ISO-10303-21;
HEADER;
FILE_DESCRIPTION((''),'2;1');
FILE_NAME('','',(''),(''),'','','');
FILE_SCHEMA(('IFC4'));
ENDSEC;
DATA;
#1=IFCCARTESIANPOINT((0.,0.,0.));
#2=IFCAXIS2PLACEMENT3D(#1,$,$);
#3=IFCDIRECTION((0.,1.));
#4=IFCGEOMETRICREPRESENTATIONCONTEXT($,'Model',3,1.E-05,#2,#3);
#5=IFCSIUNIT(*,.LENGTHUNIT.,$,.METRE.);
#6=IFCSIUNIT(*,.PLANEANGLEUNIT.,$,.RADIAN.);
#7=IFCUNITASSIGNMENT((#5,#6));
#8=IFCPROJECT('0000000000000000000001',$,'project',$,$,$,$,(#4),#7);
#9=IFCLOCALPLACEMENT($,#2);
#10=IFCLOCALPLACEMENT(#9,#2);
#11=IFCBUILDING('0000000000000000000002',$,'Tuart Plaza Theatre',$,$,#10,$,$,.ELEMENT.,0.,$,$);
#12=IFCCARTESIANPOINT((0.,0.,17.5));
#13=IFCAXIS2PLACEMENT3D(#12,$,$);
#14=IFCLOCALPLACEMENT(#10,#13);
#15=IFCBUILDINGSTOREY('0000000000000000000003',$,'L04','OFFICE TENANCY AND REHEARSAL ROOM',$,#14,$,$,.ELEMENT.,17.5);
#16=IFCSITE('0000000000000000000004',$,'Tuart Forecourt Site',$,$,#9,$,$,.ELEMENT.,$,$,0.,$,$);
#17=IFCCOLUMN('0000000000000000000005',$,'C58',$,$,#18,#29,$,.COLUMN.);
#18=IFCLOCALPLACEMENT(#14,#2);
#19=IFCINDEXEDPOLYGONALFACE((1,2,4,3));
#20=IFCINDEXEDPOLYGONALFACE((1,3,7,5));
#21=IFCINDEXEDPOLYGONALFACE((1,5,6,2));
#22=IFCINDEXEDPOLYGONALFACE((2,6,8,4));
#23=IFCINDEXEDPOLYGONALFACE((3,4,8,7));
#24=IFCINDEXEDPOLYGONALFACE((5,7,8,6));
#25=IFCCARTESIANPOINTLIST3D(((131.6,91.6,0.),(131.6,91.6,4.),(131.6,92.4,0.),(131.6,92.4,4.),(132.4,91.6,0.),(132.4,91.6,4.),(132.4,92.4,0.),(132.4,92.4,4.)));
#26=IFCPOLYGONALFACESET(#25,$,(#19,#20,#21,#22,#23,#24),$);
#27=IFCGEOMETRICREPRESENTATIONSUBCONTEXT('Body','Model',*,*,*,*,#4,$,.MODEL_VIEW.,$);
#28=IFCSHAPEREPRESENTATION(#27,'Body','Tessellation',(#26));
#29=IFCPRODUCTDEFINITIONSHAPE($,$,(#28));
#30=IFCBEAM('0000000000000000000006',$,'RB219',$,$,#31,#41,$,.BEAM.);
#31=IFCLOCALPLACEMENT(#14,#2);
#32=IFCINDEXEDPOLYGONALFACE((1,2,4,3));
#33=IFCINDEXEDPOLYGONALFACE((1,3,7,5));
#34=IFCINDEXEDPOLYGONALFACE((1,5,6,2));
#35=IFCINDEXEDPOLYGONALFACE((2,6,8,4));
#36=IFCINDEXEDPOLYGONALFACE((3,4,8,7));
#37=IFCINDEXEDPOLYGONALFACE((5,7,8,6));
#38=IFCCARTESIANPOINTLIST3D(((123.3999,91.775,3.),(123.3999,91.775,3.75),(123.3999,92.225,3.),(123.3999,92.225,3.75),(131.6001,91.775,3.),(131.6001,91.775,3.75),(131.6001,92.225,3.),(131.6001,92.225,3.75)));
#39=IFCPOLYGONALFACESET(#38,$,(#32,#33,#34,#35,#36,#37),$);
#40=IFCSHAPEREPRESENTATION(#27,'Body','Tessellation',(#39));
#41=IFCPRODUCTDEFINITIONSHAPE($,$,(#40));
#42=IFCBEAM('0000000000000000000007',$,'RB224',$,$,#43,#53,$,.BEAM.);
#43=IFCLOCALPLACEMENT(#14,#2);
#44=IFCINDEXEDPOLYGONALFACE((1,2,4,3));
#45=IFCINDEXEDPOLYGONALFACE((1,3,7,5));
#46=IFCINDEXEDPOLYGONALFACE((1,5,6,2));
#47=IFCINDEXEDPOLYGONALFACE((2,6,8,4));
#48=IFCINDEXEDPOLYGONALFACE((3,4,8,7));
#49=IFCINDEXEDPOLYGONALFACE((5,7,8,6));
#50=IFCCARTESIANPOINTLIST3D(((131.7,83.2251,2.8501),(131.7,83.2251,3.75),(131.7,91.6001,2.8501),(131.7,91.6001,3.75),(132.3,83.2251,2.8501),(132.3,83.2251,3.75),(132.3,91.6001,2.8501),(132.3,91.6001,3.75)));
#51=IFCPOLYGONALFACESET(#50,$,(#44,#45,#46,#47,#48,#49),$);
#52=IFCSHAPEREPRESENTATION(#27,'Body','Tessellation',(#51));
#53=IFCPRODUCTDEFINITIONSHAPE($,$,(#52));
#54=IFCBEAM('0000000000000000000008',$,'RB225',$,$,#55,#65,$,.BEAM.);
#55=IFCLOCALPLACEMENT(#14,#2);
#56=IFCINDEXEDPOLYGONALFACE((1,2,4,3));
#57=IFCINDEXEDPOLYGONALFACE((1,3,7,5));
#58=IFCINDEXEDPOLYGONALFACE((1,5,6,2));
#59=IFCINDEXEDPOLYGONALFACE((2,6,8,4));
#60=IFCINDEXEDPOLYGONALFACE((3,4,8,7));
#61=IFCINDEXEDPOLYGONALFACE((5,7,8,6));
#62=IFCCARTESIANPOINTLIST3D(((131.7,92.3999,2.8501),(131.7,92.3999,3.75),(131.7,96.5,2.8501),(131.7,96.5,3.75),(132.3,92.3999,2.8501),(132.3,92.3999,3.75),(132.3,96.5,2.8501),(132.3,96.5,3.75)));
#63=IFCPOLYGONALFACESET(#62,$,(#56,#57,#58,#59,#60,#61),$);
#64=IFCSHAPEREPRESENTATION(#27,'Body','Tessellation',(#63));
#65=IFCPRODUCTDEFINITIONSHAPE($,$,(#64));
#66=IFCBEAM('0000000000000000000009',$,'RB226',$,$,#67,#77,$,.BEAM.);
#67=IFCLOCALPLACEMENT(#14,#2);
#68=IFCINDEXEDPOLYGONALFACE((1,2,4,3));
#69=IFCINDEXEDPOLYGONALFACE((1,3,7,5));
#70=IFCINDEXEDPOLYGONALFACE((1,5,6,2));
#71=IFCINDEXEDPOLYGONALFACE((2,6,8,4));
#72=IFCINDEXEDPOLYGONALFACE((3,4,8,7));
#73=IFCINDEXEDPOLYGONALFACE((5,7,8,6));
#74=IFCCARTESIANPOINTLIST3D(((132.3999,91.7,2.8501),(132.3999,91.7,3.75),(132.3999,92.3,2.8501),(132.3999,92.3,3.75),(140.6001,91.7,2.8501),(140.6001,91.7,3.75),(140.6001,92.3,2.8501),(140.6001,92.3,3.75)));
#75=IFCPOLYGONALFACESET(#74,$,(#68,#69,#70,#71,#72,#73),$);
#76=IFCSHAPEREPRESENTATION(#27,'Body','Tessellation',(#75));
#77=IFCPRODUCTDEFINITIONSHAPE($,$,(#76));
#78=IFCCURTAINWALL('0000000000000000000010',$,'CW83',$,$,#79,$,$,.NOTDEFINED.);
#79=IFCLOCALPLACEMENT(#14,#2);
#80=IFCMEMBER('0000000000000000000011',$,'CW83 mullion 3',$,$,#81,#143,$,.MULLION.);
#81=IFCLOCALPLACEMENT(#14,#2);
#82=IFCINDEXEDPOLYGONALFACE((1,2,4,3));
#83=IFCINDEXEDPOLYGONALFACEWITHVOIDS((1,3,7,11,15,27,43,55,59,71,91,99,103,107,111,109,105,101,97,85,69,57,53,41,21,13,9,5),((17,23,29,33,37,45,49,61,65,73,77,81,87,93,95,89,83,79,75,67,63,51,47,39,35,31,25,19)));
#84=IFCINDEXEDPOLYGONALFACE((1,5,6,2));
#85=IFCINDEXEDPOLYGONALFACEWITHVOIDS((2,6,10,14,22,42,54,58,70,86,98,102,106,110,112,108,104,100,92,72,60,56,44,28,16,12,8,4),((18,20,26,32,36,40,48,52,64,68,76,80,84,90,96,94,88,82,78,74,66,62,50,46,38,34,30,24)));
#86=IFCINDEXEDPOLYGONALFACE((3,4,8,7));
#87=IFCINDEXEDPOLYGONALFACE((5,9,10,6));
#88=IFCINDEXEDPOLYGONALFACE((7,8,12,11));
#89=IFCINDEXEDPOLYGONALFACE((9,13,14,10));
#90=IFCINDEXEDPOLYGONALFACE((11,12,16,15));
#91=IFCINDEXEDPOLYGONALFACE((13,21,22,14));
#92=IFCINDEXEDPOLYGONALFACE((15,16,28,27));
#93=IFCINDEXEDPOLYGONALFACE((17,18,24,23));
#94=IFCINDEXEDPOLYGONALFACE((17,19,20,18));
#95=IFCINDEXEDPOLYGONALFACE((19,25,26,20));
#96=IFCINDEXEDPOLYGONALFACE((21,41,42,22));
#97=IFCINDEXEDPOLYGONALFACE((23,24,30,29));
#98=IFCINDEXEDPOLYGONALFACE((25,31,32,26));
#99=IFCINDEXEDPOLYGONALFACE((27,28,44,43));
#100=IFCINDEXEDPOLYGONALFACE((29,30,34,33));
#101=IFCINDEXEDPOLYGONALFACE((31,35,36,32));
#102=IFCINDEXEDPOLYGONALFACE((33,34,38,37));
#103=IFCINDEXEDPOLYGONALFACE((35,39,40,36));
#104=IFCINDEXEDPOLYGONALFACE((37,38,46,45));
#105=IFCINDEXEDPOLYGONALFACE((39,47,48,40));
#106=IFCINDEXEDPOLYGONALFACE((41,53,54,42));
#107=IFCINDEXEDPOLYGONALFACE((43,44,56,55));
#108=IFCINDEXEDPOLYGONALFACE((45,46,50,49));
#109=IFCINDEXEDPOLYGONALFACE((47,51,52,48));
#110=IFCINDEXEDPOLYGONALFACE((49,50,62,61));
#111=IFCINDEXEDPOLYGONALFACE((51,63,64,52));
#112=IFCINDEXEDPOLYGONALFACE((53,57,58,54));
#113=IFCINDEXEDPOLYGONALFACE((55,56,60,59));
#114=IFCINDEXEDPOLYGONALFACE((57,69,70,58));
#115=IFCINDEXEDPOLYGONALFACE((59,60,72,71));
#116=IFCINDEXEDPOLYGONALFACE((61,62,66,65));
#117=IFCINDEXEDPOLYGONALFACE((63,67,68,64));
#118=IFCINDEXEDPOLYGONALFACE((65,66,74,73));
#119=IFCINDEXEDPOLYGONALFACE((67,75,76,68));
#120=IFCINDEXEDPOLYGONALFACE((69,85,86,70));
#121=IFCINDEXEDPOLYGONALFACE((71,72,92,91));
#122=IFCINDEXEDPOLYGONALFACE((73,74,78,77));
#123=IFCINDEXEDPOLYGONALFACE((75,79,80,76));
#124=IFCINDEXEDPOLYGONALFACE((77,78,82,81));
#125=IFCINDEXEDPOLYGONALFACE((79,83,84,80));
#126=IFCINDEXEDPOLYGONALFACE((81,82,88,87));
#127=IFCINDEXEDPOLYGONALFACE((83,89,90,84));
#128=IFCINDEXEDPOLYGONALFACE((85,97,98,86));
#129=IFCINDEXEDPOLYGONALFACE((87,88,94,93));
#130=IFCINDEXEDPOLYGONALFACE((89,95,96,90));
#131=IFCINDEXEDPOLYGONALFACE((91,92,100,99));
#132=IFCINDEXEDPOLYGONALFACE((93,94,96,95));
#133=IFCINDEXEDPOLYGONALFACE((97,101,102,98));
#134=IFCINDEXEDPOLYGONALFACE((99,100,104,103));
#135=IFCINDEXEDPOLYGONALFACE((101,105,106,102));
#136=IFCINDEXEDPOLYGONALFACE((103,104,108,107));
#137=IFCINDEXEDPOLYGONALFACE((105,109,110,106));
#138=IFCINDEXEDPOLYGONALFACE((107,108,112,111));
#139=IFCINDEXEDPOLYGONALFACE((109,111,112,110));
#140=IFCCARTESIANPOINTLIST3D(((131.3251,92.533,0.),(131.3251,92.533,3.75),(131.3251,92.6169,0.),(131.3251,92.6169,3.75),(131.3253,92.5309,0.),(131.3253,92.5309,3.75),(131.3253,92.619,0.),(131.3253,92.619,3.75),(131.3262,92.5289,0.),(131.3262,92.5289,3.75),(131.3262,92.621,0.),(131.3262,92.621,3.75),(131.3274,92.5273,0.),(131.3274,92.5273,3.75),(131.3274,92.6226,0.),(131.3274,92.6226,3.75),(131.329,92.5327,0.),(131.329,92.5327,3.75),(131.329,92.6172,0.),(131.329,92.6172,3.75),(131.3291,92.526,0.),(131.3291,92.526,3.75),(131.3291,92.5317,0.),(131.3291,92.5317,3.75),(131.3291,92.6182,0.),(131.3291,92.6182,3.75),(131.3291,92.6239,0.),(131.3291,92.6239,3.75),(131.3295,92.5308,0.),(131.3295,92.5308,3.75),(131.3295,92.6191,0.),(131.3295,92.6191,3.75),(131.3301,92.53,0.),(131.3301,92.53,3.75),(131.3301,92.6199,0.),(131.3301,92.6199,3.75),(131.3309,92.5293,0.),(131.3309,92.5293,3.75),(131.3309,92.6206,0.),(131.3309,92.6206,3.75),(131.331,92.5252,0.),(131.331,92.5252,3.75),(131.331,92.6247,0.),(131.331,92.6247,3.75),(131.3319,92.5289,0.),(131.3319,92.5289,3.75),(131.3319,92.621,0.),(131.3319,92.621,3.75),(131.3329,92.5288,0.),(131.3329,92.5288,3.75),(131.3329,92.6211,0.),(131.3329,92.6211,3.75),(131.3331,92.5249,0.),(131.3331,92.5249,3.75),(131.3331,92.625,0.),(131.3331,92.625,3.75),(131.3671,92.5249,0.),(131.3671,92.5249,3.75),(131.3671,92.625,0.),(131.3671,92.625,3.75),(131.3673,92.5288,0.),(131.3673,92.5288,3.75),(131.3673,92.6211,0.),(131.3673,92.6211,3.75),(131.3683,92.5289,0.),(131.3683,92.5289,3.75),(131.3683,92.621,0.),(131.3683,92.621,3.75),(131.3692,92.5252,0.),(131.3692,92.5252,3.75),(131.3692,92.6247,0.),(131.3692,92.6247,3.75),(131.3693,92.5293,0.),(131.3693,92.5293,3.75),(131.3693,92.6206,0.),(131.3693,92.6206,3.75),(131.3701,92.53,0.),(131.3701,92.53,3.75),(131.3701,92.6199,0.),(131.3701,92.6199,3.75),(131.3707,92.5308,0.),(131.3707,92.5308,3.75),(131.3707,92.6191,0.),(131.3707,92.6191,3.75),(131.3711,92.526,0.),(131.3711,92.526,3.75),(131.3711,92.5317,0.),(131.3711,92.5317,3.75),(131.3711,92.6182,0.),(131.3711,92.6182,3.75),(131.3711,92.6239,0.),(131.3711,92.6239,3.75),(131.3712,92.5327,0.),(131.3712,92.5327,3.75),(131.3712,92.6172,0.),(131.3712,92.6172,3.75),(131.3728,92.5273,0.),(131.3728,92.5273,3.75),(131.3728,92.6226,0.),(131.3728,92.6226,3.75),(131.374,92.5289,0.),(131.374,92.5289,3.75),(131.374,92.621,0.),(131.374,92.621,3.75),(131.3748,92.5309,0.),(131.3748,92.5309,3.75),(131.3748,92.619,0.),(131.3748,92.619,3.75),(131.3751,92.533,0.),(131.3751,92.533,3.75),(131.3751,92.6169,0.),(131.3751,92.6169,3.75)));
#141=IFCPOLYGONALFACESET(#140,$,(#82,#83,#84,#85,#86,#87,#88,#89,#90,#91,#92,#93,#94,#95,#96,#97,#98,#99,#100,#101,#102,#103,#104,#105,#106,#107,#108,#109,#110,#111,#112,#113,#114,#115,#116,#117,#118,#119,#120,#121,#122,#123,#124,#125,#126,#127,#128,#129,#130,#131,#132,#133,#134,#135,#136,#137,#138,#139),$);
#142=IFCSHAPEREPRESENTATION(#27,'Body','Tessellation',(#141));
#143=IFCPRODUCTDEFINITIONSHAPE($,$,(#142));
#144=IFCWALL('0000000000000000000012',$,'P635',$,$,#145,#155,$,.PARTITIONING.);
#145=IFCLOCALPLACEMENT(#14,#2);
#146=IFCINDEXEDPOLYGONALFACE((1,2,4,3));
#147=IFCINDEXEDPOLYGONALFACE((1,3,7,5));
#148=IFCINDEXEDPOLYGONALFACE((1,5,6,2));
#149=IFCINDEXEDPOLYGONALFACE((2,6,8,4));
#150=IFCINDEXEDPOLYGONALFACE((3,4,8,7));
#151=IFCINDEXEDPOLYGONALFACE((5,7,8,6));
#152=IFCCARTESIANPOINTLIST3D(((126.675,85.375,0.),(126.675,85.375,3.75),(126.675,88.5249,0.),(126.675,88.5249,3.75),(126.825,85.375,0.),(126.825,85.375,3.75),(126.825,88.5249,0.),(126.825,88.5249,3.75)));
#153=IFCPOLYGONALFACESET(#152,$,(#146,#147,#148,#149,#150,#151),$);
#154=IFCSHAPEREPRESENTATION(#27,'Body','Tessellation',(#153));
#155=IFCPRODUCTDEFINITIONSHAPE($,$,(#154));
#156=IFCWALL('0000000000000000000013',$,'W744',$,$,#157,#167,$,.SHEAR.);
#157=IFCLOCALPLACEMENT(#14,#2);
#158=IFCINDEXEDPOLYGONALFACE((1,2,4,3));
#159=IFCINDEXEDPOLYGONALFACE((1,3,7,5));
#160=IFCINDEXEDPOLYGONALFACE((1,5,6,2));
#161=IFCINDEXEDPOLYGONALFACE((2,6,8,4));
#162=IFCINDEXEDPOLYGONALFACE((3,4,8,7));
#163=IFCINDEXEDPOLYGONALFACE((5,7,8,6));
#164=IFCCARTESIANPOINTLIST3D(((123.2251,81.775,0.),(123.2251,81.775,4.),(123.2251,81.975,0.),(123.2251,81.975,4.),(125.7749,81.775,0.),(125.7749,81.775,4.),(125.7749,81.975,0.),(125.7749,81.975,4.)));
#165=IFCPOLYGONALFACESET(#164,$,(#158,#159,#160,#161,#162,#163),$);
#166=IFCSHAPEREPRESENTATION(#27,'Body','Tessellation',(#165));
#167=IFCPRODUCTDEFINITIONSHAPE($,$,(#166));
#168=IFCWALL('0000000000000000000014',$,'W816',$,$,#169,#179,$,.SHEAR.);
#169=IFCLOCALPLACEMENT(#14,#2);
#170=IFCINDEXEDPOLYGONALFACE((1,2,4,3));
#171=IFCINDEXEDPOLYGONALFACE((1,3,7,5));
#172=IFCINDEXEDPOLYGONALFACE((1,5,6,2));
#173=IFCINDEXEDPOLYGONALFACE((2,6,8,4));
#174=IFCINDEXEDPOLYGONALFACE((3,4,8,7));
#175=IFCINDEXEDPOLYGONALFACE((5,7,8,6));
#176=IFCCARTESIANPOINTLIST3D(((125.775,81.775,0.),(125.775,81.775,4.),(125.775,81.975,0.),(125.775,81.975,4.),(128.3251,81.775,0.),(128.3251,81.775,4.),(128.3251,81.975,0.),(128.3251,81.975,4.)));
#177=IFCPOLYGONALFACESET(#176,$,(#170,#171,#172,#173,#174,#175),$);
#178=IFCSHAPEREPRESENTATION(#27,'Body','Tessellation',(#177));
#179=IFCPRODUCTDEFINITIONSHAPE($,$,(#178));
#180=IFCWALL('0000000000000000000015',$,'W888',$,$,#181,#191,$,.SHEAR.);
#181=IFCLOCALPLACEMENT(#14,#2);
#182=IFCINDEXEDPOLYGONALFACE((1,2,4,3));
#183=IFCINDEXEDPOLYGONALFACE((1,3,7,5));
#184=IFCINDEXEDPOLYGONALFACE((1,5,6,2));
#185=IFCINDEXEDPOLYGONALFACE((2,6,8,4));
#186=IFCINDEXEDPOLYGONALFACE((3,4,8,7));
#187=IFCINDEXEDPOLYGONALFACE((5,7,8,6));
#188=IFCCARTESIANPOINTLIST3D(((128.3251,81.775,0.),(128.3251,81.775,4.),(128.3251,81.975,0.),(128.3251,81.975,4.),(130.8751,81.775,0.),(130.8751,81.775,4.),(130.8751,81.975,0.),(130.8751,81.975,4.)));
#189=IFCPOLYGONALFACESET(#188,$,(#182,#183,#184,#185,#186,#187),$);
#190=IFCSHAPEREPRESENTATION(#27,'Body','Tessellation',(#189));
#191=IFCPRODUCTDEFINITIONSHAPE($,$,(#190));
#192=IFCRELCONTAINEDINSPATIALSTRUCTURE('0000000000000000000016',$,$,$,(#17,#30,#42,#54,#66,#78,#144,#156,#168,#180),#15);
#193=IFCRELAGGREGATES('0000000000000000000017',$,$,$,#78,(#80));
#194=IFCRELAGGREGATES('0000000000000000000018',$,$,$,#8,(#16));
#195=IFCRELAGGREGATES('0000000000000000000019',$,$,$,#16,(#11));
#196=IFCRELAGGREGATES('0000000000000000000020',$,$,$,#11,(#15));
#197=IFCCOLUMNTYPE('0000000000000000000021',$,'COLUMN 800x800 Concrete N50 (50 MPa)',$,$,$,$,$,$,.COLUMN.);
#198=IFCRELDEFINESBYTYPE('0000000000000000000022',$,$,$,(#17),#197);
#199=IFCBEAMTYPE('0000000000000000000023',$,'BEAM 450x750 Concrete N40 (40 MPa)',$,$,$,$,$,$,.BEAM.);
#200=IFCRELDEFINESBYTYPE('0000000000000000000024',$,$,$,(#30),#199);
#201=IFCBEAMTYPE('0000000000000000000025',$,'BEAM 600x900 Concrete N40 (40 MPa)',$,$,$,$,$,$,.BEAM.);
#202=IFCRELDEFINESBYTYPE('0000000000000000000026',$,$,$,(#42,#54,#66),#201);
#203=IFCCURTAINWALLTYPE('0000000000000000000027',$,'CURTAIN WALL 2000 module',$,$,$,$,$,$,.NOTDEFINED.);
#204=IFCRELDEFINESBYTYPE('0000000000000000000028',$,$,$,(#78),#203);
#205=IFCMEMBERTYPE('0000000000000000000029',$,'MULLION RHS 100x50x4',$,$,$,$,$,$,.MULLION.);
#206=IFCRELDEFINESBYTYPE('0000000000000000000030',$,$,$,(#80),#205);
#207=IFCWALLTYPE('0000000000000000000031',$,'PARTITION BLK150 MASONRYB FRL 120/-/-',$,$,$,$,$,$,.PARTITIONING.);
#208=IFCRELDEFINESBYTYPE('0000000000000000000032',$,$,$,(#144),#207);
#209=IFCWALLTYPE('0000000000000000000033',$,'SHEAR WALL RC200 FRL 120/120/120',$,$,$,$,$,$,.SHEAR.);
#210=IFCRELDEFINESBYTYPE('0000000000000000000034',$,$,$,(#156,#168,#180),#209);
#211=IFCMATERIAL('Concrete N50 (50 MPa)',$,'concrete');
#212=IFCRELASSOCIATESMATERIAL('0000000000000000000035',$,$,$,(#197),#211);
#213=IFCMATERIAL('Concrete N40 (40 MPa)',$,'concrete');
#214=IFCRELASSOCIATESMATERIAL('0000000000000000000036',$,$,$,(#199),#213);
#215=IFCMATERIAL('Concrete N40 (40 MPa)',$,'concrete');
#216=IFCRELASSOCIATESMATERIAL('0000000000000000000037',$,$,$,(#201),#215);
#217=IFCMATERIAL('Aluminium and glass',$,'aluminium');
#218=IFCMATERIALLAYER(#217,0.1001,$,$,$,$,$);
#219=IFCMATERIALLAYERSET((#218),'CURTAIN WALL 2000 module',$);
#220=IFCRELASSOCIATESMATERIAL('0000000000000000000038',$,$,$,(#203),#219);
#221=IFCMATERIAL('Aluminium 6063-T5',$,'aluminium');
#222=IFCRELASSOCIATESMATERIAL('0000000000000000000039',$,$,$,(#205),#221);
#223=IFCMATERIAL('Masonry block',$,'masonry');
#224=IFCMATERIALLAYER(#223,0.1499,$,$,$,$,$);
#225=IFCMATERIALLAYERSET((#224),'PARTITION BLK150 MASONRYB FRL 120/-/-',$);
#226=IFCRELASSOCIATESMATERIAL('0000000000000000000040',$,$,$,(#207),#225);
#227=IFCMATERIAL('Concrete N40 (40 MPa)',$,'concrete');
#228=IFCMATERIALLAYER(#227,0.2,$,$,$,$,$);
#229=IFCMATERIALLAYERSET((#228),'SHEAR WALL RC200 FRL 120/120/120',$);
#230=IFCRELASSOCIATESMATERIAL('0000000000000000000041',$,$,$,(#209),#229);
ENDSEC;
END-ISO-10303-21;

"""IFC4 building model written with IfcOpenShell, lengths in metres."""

from ifc_helpers import new_model, si_unit, direction, frame, frame_2d, origin, origin_2d, place, context, subcontext, project, spatial, rectangle, hollow_rectangle, extrude, material, layer, layer_set, material_profile, profile_set, type_object, element, aggregate, save


model = new_model("IFC4")

# Units and contexts
model_context = context("Model", 3, precision=1e-05, world=origin(), true_north=direction((0.0, 1.0)))
body_context = subcontext(model_context, "Body", "Model", "MODEL_VIEW")
ifc_project = project(units=[si_unit("LENGTHUNIT", "METRE"), si_unit("PLANEANGLEUNIT", "RADIAN")], contexts=[model_context])

# Site, building, storey
site_placement = place(None, origin())
site = spatial("IfcSite", under=ifc_project, at=site_placement, Name="Tuart Forecourt Site", CompositionType="ELEMENT", RefElevation=0.0)
building_placement = place(site_placement, origin())
building = spatial("IfcBuilding", under=site, at=building_placement, Name="Tuart Plaza Theatre", CompositionType="ELEMENT", ElevationOfRefHeight=0.0)
storey_placement = place(building_placement, frame((0.0, 0.0, 17.5)))
storey = spatial("IfcBuildingStorey", under=building, at=storey_placement, Name="L04", Description="OFFICE TENANCY AND REHEARSAL ROOM", CompositionType="ELEMENT", Elevation=17.5)

# Column
ifc_material_1 = material(Name="Concrete N50 (50 MPa)", Category="concrete")
ifc_material_profile_1 = material_profile(ifc_material_1, rectangle(XDim=0.8, YDim=0.8, at=origin_2d()), Name="COLUMN 800x800 Concrete N50 (50 MPa)")
ifc_profile_set_1 = profile_set([ifc_material_profile_1], Name="Concrete N50 (50 MPa)")
column_type = type_object("IfcColumnType", Name="COLUMN 800x800 Concrete N50 (50 MPa)", PredefinedType="COLUMN", material=ifc_profile_set_1)
column_placement = place(storey_placement, frame((132.0, 92.0, 0.0), z_axis=(0.0, 0.0, 1.0), x_axis=(1.0, 0.0, 0.0)))
element("IfcColumn", 1, at=column_placement, inside=storey, type_object=column_type, Name="C58", PredefinedType="COLUMN", context=body_context, shape_type="SweptSolid", body=[
    extrude(rectangle(XDim=0.8, YDim=0.8, at=origin_2d()), origin(), (0.0, 0.0, 1.0), 4.0),
])

# Beams
ifc_material_2 = material(Name="Concrete N40 (40 MPa)", Category="concrete")
ifc_material_profile_2 = material_profile(ifc_material_2, rectangle(XDim=0.45, YDim=0.75, at=origin_2d()), Name="BEAM 450x750 Concrete N40 (40 MPa)")
ifc_profile_set_2 = profile_set([ifc_material_profile_2], Name="Concrete N40 (40 MPa)")
beam_type_1 = type_object("IfcBeamType", Name="BEAM 450x750 Concrete N40 (40 MPa)", PredefinedType="BEAM", material=ifc_profile_set_2)
beam_1_placement = place(storey_placement, frame((123.3999, 92.0, 3.375), z_axis=(1.0, 0.0, 0.0), x_axis=(0.0, 1.0, 0.0)))
element("IfcBeam", 2, at=beam_1_placement, inside=storey, type_object=beam_type_1, Name="RB219", PredefinedType="BEAM", context=body_context, shape_type="SweptSolid", body=[
    extrude(rectangle(XDim=0.45, YDim=0.75, at=origin_2d()), origin(), (0.0, 0.0, 1.0), 8.2002),
])
ifc_material_3 = material(Name="Concrete N40 (40 MPa)", Category="concrete")
ifc_material_profile_3 = material_profile(ifc_material_3, rectangle(XDim=0.6001, YDim=0.8999, at=origin_2d()), Name="BEAM 600x900 Concrete N40 (40 MPa)")
ifc_profile_set_3 = profile_set([ifc_material_profile_3], Name="Concrete N40 (40 MPa)")
beam_type_2 = type_object("IfcBeamType", Name="BEAM 600x900 Concrete N40 (40 MPa)", PredefinedType="BEAM", material=ifc_profile_set_3)
beam_2_placement = place(storey_placement, frame((132.0, 83.2251, 3.3), z_axis=(0.0, 1.0, 0.0), x_axis=(-1.0, 0.0, 0.0)))
element("IfcBeam", 3, at=beam_2_placement, inside=storey, type_object=beam_type_2, Name="RB224", PredefinedType="BEAM", context=body_context, shape_type="SweptSolid", body=[
    extrude(rectangle(XDim=0.6001, YDim=0.8999, at=origin_2d()), origin(), (0.0, 0.0, 1.0), 8.375),
])
beam_3_placement = place(storey_placement, frame((132.0, 92.3999, 3.3), z_axis=(0.0, 1.0, 0.0), x_axis=(-1.0, 0.0, 0.0)))
element("IfcBeam", 4, at=beam_3_placement, inside=storey, type_object=beam_type_2, Name="RB225", PredefinedType="BEAM", context=body_context, shape_type="SweptSolid", body=[
    extrude(rectangle(XDim=0.6001, YDim=0.8999, at=origin_2d()), origin(), (0.0, 0.0, 1.0), 4.1001),
])
beam_4_placement = place(storey_placement, frame((132.3999, 92.0, 3.3), z_axis=(1.0, 0.0, 0.0), x_axis=(0.0, 1.0, 0.0)))
element("IfcBeam", 5, at=beam_4_placement, inside=storey, type_object=beam_type_2, Name="RB226", PredefinedType="BEAM", context=body_context, shape_type="SweptSolid", body=[
    extrude(rectangle(XDim=0.6001, YDim=0.8999, at=origin_2d()), origin(), (0.0, 0.0, 1.0), 8.2002),
])

# Curtain wall, member
ifc_material_4 = material(Name="Aluminium and glass", Category="aluminium")
ifc_layer_1 = layer(ifc_material_4, 0.1001)
ifc_layer_set_1 = layer_set([ifc_layer_1], Name="CURTAIN WALL 2000 module")
curtain_wall_type = type_object("IfcCurtainWallType", Name="CURTAIN WALL 2000 module", PredefinedType="NOTDEFINED", material=ifc_layer_set_1)
curtain_wall_placement = place(storey_placement, origin())
curtain_wall = element("IfcCurtainWall", 6, at=curtain_wall_placement, inside=storey, type_object=curtain_wall_type, Name="CW83", PredefinedType="NOTDEFINED")
ifc_material_5 = material(Name="Aluminium 6063-T5", Category="aluminium")
ifc_material_profile_4 = material_profile(ifc_material_5, hollow_rectangle(XDim=0.05, YDim=0.1001, WallThickness=0.0039, InnerFilletRadius=0.0039, OuterFilletRadius=0.0081, at=origin_2d()), Name="RHS 100x50x4")
ifc_profile_set_4 = profile_set([ifc_material_profile_4], Name="Aluminium 6063-T5")
member_type = type_object("IfcMemberType", Name="MULLION RHS 100x50x4", PredefinedType="MULLION", material=ifc_profile_set_4)
member_placement = place(storey_placement, frame((131.3501, 92.575, 0.0), z_axis=(0.0, 0.0, 1.0), x_axis=(1.0, 0.0, 0.0)))
member = element("IfcMember", 7, at=member_placement, type_object=member_type, Name="CW83 mullion 3", PredefinedType="MULLION", context=body_context, shape_type="SweptSolid", body=[
    extrude(hollow_rectangle(XDim=0.05, YDim=0.1001, WallThickness=0.0039, InnerFilletRadius=0.0039, OuterFilletRadius=0.0081, at=origin_2d()), origin(), (0.0, 0.0, 1.0), 3.75),
])
aggregate(curtain_wall, [member])

# Walls
ifc_material_6 = material(Name="Masonry block", Category="masonry")
ifc_layer_2 = layer(ifc_material_6, 0.1499)
ifc_layer_set_2 = layer_set([ifc_layer_2], Name="PARTITION BLK150 MASONRYB FRL 120/-/-")
wall_type_1 = type_object("IfcWallType", Name="PARTITION BLK150 MASONRYB FRL 120/-/-", PredefinedType="PARTITIONING", material=ifc_layer_set_2)
wall_1_placement = place(storey_placement, frame((126.75, 85.375, 0.0), z_axis=(0.0, 0.0, 1.0), x_axis=(0.0, 1.0, 0.0)))
element("IfcWall", 8, at=wall_1_placement, inside=storey, type_object=wall_type_1, Name="P635", PredefinedType="PARTITIONING", context=body_context, shape_type="SweptSolid", body=[
    extrude(rectangle(XDim=3.1499, YDim=0.1499, at=frame_2d((1.575, 0.0))), origin(), (0.0, 0.0, 1.0), 3.75),
])
ifc_material_7 = material(Name="Concrete N40 (40 MPa)", Category="concrete")
ifc_layer_3 = layer(ifc_material_7, 0.2)
ifc_layer_set_3 = layer_set([ifc_layer_3], Name="SHEAR WALL RC200 FRL 120/120/120")
wall_type_2 = type_object("IfcWallType", Name="SHEAR WALL RC200 FRL 120/120/120", PredefinedType="SHEAR", material=ifc_layer_set_3)
wall_2_placement = place(storey_placement, frame((125.7749, 81.875, 0.0), z_axis=(0.0, 0.0, 1.0), x_axis=(-1.0, 0.0, 0.0)))
element("IfcWall", 9, at=wall_2_placement, inside=storey, type_object=wall_type_2, Name="W744", PredefinedType="SHEAR", context=body_context, shape_type="SweptSolid", body=[
    extrude(rectangle(XDim=2.5498, YDim=0.2, at=frame_2d((1.2749, 0.0))), origin(), (0.0, 0.0, 1.0), 4.0),
])
for number, where, z_axis, x_axis, name in (
    (10, (128.325, 81.875, 0.0), (0.0, 0.0, 1.0), (-1.0, 0.0, 0.0), "W816"),
    (11, (130.875, 81.875, 0.0), (0.0, 0.0, 1.0), (-1.0, 0.0, 0.0), "W888"),
):
    element("IfcWall", number, at=place(storey_placement, frame(where, z_axis=z_axis, x_axis=x_axis)), inside=storey, type_object=wall_type_2, Name=name, PredefinedType="SHEAR", context=body_context, shape_type="SweptSolid", body=[
        extrude(rectangle(XDim=2.55, YDim=0.2, at=frame_2d((1.2749, 0.0))), origin(), (0.0, 0.0, 1.0), 4.0),
    ])

save(model, "model.ifc")
